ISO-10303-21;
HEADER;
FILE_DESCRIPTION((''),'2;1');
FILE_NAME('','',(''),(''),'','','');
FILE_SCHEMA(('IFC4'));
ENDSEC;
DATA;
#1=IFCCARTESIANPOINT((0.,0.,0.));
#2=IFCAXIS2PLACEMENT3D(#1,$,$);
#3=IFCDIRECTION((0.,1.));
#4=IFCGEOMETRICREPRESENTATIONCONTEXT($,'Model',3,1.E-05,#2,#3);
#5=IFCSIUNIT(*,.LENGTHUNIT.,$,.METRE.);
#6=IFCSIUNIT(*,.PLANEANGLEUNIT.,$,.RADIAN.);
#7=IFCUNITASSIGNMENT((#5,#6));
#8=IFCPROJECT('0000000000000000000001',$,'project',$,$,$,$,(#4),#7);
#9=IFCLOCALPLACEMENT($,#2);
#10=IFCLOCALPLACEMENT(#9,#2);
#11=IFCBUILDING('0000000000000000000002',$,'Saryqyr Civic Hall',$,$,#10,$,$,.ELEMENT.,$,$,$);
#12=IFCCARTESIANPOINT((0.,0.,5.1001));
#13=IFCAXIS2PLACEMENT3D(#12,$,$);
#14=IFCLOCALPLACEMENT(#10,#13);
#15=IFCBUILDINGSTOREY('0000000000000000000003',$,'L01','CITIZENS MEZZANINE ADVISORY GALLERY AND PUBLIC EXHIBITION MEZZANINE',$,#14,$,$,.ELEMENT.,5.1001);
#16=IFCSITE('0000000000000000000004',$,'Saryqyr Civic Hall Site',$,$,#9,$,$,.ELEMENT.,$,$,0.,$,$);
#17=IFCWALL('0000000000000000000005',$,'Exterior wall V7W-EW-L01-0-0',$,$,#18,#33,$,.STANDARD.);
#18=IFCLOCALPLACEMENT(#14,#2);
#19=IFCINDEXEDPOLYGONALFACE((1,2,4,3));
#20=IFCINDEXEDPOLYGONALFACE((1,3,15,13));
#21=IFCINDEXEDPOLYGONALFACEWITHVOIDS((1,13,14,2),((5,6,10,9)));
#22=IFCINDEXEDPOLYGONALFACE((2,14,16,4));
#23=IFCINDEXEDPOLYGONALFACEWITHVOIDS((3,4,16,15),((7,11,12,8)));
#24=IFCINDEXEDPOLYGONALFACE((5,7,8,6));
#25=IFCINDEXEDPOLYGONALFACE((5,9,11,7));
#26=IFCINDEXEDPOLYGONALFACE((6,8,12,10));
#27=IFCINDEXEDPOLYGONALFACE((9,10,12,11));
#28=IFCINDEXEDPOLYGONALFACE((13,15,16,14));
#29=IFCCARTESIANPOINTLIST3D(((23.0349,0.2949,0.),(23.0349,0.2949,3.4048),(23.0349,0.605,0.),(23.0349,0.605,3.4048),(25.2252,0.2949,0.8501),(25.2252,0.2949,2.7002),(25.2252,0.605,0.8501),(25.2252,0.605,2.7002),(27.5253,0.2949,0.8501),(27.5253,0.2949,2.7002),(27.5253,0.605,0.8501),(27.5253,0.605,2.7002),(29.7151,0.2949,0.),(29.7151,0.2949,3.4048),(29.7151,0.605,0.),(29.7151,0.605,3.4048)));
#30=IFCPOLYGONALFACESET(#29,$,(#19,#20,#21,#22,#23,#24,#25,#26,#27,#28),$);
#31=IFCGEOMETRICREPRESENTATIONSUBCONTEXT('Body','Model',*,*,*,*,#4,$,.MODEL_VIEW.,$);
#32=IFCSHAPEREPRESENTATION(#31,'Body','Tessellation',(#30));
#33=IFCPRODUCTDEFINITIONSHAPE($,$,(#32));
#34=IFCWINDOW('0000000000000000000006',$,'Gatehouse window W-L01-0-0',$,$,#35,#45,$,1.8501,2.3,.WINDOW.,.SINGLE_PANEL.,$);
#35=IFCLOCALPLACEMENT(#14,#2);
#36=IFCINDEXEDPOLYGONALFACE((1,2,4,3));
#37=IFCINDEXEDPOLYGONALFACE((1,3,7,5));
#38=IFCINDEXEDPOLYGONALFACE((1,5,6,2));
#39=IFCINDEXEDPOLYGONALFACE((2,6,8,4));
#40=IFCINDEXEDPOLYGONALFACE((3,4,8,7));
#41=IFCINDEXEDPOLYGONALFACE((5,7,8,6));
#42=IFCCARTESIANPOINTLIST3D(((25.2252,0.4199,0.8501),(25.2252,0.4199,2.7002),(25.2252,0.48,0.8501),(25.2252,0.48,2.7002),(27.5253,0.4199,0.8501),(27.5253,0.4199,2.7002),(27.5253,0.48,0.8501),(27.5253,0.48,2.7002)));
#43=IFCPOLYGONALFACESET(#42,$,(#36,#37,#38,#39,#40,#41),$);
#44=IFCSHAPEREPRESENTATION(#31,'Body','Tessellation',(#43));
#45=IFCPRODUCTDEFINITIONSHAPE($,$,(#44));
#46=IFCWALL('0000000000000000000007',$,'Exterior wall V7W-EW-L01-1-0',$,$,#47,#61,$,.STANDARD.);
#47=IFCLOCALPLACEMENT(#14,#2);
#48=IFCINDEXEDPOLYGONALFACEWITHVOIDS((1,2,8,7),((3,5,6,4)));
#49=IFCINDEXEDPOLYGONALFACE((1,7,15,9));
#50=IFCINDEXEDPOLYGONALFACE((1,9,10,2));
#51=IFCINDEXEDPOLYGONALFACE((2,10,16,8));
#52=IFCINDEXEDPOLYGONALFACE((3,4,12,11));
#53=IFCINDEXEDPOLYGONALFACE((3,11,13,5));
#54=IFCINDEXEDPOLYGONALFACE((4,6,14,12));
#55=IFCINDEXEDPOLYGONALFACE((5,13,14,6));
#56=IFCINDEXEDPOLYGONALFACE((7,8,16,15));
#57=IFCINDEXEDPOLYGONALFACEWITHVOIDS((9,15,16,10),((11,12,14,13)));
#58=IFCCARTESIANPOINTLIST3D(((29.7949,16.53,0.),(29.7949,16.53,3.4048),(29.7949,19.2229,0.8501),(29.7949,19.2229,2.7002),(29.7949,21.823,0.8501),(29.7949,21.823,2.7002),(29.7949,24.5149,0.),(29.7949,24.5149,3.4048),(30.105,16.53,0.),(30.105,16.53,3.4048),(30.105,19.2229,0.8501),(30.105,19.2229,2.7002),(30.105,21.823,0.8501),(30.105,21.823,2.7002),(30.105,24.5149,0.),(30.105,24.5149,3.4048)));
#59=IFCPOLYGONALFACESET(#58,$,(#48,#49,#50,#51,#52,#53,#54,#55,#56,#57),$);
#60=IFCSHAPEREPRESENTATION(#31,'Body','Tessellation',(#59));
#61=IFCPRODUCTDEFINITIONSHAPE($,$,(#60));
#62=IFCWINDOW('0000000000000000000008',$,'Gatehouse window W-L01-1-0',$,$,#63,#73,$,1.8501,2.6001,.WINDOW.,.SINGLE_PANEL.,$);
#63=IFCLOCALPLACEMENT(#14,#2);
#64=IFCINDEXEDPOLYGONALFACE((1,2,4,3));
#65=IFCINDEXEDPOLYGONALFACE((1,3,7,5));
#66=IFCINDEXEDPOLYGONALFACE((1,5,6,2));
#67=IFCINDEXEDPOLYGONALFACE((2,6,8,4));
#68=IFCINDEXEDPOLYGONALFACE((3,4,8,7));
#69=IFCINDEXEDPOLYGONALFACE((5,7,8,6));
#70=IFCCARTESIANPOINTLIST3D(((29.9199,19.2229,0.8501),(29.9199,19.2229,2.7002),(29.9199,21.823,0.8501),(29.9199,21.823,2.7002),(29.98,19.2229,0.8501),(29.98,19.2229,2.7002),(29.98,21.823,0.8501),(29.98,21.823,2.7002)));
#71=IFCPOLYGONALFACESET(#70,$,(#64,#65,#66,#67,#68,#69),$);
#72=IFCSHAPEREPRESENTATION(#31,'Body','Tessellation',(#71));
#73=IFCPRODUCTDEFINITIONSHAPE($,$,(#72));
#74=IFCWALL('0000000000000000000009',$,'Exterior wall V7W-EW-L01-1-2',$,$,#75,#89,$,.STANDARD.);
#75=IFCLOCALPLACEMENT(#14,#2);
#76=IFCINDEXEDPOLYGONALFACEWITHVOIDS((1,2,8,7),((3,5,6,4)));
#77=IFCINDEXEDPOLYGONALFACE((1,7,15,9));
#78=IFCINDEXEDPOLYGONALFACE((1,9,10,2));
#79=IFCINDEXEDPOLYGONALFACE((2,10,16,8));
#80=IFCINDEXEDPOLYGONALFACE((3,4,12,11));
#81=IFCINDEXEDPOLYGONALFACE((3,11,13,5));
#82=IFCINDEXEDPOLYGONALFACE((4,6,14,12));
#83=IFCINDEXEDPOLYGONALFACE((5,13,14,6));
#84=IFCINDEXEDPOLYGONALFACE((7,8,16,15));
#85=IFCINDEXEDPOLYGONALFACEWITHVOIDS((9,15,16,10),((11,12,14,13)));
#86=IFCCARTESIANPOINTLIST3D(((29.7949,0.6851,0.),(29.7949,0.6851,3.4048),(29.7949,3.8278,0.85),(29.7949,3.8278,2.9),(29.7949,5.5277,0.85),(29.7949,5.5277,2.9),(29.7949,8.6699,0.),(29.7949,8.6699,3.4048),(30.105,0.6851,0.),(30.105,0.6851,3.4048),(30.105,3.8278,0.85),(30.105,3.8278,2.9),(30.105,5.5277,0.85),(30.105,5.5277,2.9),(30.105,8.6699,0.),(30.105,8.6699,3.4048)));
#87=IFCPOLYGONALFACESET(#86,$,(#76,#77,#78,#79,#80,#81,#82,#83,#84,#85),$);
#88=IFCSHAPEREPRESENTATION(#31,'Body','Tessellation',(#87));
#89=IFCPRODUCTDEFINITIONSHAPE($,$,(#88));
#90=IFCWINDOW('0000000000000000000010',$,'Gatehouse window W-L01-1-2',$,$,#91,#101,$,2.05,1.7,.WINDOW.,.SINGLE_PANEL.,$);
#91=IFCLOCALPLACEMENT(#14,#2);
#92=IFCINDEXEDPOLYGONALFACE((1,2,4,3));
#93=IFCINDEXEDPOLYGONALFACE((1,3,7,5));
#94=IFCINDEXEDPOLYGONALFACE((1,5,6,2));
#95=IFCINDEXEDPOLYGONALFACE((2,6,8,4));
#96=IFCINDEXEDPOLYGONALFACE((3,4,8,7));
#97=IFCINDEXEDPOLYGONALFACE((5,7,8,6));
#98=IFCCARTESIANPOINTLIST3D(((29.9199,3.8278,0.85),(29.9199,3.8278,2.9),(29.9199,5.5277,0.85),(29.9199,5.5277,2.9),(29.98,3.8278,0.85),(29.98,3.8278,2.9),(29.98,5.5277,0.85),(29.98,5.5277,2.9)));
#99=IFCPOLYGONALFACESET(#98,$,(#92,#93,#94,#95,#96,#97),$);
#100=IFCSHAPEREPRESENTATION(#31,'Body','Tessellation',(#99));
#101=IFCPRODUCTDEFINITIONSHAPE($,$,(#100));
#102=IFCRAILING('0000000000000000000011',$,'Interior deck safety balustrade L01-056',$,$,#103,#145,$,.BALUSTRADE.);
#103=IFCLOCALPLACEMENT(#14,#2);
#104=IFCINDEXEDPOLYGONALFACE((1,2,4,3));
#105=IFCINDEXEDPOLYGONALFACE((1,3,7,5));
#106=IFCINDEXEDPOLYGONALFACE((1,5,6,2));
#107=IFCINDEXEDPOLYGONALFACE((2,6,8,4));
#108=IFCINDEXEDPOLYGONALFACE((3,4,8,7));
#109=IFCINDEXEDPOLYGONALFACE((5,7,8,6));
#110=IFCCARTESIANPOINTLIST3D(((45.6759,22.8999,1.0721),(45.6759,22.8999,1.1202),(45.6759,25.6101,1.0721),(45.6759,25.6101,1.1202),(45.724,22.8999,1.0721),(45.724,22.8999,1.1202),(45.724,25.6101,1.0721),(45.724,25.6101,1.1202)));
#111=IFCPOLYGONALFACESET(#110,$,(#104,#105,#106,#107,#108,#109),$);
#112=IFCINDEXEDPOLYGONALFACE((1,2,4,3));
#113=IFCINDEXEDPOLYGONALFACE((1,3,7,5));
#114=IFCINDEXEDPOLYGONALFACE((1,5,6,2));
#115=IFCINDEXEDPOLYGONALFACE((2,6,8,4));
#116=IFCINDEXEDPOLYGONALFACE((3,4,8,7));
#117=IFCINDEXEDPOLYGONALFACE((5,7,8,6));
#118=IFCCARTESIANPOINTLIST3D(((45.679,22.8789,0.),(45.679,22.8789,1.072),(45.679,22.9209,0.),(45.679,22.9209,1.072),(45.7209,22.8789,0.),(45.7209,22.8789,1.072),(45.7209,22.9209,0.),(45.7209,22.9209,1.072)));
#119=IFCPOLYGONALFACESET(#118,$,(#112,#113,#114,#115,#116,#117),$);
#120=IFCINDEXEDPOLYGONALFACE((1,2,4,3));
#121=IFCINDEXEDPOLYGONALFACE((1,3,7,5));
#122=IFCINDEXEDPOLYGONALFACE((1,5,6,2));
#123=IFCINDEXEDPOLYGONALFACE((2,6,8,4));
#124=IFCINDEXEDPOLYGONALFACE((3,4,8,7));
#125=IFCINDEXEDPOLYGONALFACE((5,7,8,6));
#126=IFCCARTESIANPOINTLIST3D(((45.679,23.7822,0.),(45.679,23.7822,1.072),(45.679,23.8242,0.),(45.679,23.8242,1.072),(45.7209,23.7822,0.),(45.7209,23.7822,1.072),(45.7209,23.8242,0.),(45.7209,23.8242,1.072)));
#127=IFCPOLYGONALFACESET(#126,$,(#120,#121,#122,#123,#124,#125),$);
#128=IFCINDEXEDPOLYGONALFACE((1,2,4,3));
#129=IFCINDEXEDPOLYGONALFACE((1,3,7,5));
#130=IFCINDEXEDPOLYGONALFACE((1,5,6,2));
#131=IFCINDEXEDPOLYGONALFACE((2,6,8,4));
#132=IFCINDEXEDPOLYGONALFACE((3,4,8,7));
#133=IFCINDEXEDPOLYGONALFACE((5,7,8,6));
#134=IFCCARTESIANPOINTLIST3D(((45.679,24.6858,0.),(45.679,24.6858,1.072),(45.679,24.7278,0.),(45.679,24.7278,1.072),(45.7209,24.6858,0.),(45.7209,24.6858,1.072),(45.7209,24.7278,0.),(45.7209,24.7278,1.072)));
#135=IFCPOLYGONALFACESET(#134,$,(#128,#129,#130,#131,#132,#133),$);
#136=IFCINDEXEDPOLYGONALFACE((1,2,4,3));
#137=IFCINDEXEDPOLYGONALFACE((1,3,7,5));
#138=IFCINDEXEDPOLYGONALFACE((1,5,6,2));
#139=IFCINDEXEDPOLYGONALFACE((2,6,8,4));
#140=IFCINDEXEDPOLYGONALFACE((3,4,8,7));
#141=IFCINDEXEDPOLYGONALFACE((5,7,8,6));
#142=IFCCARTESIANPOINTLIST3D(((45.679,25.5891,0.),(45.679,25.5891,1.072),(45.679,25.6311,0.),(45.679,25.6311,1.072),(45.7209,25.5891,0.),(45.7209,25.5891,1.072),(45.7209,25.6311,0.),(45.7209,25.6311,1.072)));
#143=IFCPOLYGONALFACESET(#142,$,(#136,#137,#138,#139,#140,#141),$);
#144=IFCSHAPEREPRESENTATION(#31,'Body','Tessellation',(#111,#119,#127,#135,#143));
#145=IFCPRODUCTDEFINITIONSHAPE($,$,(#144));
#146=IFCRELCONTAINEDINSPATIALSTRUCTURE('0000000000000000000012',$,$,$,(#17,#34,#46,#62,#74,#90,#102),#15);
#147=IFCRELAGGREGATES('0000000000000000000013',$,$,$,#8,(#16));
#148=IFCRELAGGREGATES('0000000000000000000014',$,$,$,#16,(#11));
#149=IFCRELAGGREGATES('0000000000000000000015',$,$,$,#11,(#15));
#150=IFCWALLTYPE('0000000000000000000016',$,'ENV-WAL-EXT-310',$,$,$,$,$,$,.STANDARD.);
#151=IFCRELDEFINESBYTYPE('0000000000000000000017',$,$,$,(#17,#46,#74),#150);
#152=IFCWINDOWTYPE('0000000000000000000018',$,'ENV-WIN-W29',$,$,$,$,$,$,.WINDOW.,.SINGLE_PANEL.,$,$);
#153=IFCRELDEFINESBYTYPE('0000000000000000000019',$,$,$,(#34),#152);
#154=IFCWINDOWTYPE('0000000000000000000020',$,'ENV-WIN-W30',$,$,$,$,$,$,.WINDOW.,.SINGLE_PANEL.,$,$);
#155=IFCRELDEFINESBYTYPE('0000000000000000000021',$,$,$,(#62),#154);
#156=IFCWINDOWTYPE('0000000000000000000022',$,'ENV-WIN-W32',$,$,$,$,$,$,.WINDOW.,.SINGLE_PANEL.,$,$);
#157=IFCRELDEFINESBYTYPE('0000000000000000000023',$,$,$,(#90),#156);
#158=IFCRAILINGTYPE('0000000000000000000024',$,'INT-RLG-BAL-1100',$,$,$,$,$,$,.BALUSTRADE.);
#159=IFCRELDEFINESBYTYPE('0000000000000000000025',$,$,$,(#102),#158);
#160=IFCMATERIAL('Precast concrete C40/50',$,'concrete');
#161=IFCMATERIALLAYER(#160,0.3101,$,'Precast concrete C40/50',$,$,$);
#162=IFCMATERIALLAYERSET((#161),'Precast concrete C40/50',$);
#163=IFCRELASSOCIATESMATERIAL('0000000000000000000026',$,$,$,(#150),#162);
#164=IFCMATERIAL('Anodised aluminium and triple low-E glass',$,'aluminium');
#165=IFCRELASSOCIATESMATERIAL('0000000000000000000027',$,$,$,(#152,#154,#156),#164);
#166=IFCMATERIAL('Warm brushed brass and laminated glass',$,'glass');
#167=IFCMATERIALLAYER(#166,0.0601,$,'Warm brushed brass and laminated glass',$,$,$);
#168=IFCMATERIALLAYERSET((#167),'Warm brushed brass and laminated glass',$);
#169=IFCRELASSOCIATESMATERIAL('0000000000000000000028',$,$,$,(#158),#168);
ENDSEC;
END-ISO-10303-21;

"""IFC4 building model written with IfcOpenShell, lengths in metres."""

from ifc_helpers import new_model, si_unit, direction, frame, frame_2d, origin, origin_2d, place, context, subcontext, project, spatial, rectangle, extrude, material, layer, layer_set, type_object, element, fill, save


model = new_model("IFC4")

# Units and contexts
model_context = context("Model", 3, precision=1e-05, world=origin(), true_north=direction((0.0, 1.0)))
body_context = subcontext(model_context, "Body", "Model", "MODEL_VIEW")
ifc_project = project(units=[si_unit("LENGTHUNIT", "METRE"), si_unit("PLANEANGLEUNIT", "RADIAN")], contexts=[model_context])

# Site, building, storey
site_placement = place(None, origin())
site = spatial("IfcSite", under=ifc_project, at=site_placement, Name="Saryqyr Civic Hall Site", CompositionType="ELEMENT", RefElevation=0.0)
building_placement = place(site_placement, origin())
building = spatial("IfcBuilding", under=site, at=building_placement, Name="Saryqyr Civic Hall", CompositionType="ELEMENT")
storey_placement = place(building_placement, frame((0.0, 0.0, 5.1001)))
storey = spatial("IfcBuildingStorey", under=building, at=storey_placement, Name="L01", Description="CITIZENS MEZZANINE ADVISORY GALLERY AND PUBLIC EXHIBITION MEZZANINE", CompositionType="ELEMENT", Elevation=5.1001)

# Shared definitions
ifc_material_1 = material(Name="Anodised aluminium and triple low-E glass", Category="aluminium")

# Walls, openings, windows
ifc_material_2 = material(Name="Precast concrete C40/50", Category="concrete")
ifc_layer_1 = layer(ifc_material_2, 0.3101, Name="Precast concrete C40/50")
ifc_layer_set_1 = layer_set([ifc_layer_1], Name="Precast concrete C40/50")
wall_type = type_object("IfcWallType", Name="ENV-WAL-EXT-310", PredefinedType="STANDARD", material=ifc_layer_set_1)
wall_1_placement = place(storey_placement, frame((29.7151, 0.45, 0.0), z_axis=(0.0, 0.0, 1.0), x_axis=(-1.0, 0.0, 0.0)))
wall_1 = element("IfcWall", 1, at=wall_1_placement, inside=storey, type_object=wall_type, Name="Exterior wall V7W-EW-L01-0-0", PredefinedType="STANDARD", context=body_context, shape_type="SweptSolid", body=[
    extrude(rectangle(XDim=6.6802, YDim=0.3101, at=frame_2d((3.3401, 0.0))), origin(), (0.0, 0.0, 1.0), 3.4048),
])
opening_1_placement = place(wall_1_placement, frame((2.1899, 0.0, 0.8501)))
opening_1 = element("IfcOpeningElement", 2, at=opening_1_placement, cuts=wall_1, PredefinedType="OPENING", context=body_context, shape_type="SweptSolid", body=[
    extrude(rectangle(XDim=2.3, YDim=1.8501, at=frame_2d((1.1499, 0.925))), frame((0.0, 0.165, 0.0), z_axis=(0.0, -1.0, 0.0), x_axis=(1.0, 0.0, 0.0)), (0.0, 0.0, 1.0), 0.3301),
])
window_type_1 = type_object("IfcWindowType", Name="ENV-WIN-W29", PartitioningType="SINGLE_PANEL", PredefinedType="WINDOW", material=ifc_material_1)
window_1_placement = place(opening_1_placement, origin())
window_1 = element("IfcWindow", 3, at=window_1_placement, inside=storey, type_object=window_type_1, Name="Gatehouse window W-L01-0-0", OverallHeight=1.8501, OverallWidth=2.3, PartitioningType="SINGLE_PANEL", PredefinedType="WINDOW", context=body_context, shape_type="SweptSolid", body=[
    extrude(rectangle(XDim=2.3, YDim=1.8501, at=frame_2d((1.1499, 0.925))), frame((0.0, 0.03, 0.0), z_axis=(0.0, -1.0, 0.0), x_axis=(1.0, 0.0, 0.0)), (0.0, 0.0, 1.0), 0.0601),
])
fill(opening_1, window_1)
wall_2_placement = place(storey_placement, frame((29.95, 24.5149, 0.0), z_axis=(0.0, 0.0, 1.0), x_axis=(0.0, -1.0, 0.0)))
wall_2 = element("IfcWall", 4, at=wall_2_placement, inside=storey, type_object=wall_type, Name="Exterior wall V7W-EW-L01-1-0", PredefinedType="STANDARD", context=body_context, shape_type="SweptSolid", body=[
    extrude(rectangle(XDim=7.9849, YDim=0.3101, at=frame_2d((3.9924, 0.0))), origin(), (0.0, 0.0, 1.0), 3.4048),
])
opening_2_placement = place(wall_2_placement, frame((2.6919, 0.0, 0.8501)))
opening_2 = element("IfcOpeningElement", 5, at=opening_2_placement, cuts=wall_2, PredefinedType="OPENING", context=body_context, shape_type="SweptSolid", body=[
    extrude(rectangle(XDim=2.6001, YDim=1.8501, at=frame_2d((1.3, 0.925))), frame((0.0, 0.165, 0.0), z_axis=(0.0, -1.0, 0.0), x_axis=(1.0, 0.0, 0.0)), (0.0, 0.0, 1.0), 0.3301),
])
window_type_2 = type_object("IfcWindowType", Name="ENV-WIN-W30", PartitioningType="SINGLE_PANEL", PredefinedType="WINDOW", material=ifc_material_1)
window_2_placement = place(opening_2_placement, origin())
window_2 = element("IfcWindow", 6, at=window_2_placement, inside=storey, type_object=window_type_2, Name="Gatehouse window W-L01-1-0", OverallHeight=1.8501, OverallWidth=2.6001, PartitioningType="SINGLE_PANEL", PredefinedType="WINDOW", context=body_context, shape_type="SweptSolid", body=[
    extrude(rectangle(XDim=2.6001, YDim=1.8501, at=frame_2d((1.3, 0.925))), frame((0.0, 0.03, 0.0), z_axis=(0.0, -1.0, 0.0), x_axis=(1.0, 0.0, 0.0)), (0.0, 0.0, 1.0), 0.0601),
])
fill(opening_2, window_2)
wall_3_placement = place(storey_placement, frame((29.95, 8.6699, 0.0), z_axis=(0.0, 0.0, 1.0), x_axis=(0.0, -1.0, 0.0)))
wall_3 = element("IfcWall", 7, at=wall_3_placement, inside=storey, type_object=wall_type, Name="Exterior wall V7W-EW-L01-1-2", PredefinedType="STANDARD", context=body_context, shape_type="SweptSolid", body=[
    extrude(rectangle(XDim=7.9849, YDim=0.3101, at=frame_2d((3.9924, 0.0))), origin(), (0.0, 0.0, 1.0), 3.4048),
])
opening_3_placement = place(wall_3_placement, frame((3.1421, 0.0, 0.8501)))
opening_3 = element("IfcOpeningElement", 8, at=opening_3_placement, cuts=wall_3, PredefinedType="OPENING", context=body_context, shape_type="SweptSolid", body=[
    extrude(rectangle(XDim=1.7, YDim=2.05, at=frame_2d((0.8501, 1.0249))), frame((0.0, 0.165, 0.0), z_axis=(0.0, -1.0, 0.0), x_axis=(1.0, 0.0, 0.0)), (0.0, 0.0, 1.0), 0.3301),
])
window_type_3 = type_object("IfcWindowType", Name="ENV-WIN-W32", PartitioningType="SINGLE_PANEL", PredefinedType="WINDOW", material=ifc_material_1)
window_3_placement = place(opening_3_placement, origin())
window_3 = element("IfcWindow", 9, at=window_3_placement, inside=storey, type_object=window_type_3, Name="Gatehouse window W-L01-1-2", OverallHeight=2.05, OverallWidth=1.7, PartitioningType="SINGLE_PANEL", PredefinedType="WINDOW", context=body_context, shape_type="SweptSolid", body=[
    extrude(rectangle(XDim=1.7, YDim=2.05, at=frame_2d((0.8501, 1.0249))), frame((0.0, 0.03, 0.0), z_axis=(0.0, -1.0, 0.0), x_axis=(1.0, 0.0, 0.0)), (0.0, 0.0, 1.0), 0.0601),
])
fill(opening_3, window_3)

# Railing
ifc_material_3 = material(Name="Warm brushed brass and laminated glass", Category="glass")
ifc_layer_2 = layer(ifc_material_3, 0.0601, Name="Warm brushed brass and laminated glass")
ifc_layer_set_2 = layer_set([ifc_layer_2], Name="Warm brushed brass and laminated glass")
railing_type = type_object("IfcRailingType", Name="INT-RLG-BAL-1100", PredefinedType="BALUSTRADE", material=ifc_layer_set_2)
railing_1_placement = place(storey_placement, frame((45.7, 22.8999, 0.0)))
element("IfcRailing", 10, at=railing_1_placement, inside=storey, type_object=railing_type, Name="Interior deck safety balustrade L01-056", PredefinedType="BALUSTRADE", context=body_context, shape_type="SweptSolid", body=[
    extrude(rectangle(XDim=0.0481, YDim=0.0481, at=origin_2d()), frame((0.0, 0.0, 1.0962), z_axis=(0.0, 1.0, 0.0), x_axis=(-1.0, 0.0, 0.0)), (0.0, 0.0, 1.0), 2.7102),
    extrude(rectangle(XDim=0.042, YDim=0.042, at=origin_2d()), origin(), (0.0, 0.0, 1.0), 1.072),
    extrude(rectangle(XDim=0.042, YDim=0.042, at=origin_2d()), frame((0.0, 0.9033, 0.0)), (0.0, 0.0, 1.0), 1.072),
    extrude(rectangle(XDim=0.042, YDim=0.042, at=origin_2d()), frame((0.0, 1.8069, 0.0)), (0.0, 0.0, 1.0), 1.072),
    extrude(rectangle(XDim=0.042, YDim=0.042, at=origin_2d()), frame((0.0, 2.7102, 0.0)), (0.0, 0.0, 1.0), 1.072),
])

save(model, "model.ifc")
